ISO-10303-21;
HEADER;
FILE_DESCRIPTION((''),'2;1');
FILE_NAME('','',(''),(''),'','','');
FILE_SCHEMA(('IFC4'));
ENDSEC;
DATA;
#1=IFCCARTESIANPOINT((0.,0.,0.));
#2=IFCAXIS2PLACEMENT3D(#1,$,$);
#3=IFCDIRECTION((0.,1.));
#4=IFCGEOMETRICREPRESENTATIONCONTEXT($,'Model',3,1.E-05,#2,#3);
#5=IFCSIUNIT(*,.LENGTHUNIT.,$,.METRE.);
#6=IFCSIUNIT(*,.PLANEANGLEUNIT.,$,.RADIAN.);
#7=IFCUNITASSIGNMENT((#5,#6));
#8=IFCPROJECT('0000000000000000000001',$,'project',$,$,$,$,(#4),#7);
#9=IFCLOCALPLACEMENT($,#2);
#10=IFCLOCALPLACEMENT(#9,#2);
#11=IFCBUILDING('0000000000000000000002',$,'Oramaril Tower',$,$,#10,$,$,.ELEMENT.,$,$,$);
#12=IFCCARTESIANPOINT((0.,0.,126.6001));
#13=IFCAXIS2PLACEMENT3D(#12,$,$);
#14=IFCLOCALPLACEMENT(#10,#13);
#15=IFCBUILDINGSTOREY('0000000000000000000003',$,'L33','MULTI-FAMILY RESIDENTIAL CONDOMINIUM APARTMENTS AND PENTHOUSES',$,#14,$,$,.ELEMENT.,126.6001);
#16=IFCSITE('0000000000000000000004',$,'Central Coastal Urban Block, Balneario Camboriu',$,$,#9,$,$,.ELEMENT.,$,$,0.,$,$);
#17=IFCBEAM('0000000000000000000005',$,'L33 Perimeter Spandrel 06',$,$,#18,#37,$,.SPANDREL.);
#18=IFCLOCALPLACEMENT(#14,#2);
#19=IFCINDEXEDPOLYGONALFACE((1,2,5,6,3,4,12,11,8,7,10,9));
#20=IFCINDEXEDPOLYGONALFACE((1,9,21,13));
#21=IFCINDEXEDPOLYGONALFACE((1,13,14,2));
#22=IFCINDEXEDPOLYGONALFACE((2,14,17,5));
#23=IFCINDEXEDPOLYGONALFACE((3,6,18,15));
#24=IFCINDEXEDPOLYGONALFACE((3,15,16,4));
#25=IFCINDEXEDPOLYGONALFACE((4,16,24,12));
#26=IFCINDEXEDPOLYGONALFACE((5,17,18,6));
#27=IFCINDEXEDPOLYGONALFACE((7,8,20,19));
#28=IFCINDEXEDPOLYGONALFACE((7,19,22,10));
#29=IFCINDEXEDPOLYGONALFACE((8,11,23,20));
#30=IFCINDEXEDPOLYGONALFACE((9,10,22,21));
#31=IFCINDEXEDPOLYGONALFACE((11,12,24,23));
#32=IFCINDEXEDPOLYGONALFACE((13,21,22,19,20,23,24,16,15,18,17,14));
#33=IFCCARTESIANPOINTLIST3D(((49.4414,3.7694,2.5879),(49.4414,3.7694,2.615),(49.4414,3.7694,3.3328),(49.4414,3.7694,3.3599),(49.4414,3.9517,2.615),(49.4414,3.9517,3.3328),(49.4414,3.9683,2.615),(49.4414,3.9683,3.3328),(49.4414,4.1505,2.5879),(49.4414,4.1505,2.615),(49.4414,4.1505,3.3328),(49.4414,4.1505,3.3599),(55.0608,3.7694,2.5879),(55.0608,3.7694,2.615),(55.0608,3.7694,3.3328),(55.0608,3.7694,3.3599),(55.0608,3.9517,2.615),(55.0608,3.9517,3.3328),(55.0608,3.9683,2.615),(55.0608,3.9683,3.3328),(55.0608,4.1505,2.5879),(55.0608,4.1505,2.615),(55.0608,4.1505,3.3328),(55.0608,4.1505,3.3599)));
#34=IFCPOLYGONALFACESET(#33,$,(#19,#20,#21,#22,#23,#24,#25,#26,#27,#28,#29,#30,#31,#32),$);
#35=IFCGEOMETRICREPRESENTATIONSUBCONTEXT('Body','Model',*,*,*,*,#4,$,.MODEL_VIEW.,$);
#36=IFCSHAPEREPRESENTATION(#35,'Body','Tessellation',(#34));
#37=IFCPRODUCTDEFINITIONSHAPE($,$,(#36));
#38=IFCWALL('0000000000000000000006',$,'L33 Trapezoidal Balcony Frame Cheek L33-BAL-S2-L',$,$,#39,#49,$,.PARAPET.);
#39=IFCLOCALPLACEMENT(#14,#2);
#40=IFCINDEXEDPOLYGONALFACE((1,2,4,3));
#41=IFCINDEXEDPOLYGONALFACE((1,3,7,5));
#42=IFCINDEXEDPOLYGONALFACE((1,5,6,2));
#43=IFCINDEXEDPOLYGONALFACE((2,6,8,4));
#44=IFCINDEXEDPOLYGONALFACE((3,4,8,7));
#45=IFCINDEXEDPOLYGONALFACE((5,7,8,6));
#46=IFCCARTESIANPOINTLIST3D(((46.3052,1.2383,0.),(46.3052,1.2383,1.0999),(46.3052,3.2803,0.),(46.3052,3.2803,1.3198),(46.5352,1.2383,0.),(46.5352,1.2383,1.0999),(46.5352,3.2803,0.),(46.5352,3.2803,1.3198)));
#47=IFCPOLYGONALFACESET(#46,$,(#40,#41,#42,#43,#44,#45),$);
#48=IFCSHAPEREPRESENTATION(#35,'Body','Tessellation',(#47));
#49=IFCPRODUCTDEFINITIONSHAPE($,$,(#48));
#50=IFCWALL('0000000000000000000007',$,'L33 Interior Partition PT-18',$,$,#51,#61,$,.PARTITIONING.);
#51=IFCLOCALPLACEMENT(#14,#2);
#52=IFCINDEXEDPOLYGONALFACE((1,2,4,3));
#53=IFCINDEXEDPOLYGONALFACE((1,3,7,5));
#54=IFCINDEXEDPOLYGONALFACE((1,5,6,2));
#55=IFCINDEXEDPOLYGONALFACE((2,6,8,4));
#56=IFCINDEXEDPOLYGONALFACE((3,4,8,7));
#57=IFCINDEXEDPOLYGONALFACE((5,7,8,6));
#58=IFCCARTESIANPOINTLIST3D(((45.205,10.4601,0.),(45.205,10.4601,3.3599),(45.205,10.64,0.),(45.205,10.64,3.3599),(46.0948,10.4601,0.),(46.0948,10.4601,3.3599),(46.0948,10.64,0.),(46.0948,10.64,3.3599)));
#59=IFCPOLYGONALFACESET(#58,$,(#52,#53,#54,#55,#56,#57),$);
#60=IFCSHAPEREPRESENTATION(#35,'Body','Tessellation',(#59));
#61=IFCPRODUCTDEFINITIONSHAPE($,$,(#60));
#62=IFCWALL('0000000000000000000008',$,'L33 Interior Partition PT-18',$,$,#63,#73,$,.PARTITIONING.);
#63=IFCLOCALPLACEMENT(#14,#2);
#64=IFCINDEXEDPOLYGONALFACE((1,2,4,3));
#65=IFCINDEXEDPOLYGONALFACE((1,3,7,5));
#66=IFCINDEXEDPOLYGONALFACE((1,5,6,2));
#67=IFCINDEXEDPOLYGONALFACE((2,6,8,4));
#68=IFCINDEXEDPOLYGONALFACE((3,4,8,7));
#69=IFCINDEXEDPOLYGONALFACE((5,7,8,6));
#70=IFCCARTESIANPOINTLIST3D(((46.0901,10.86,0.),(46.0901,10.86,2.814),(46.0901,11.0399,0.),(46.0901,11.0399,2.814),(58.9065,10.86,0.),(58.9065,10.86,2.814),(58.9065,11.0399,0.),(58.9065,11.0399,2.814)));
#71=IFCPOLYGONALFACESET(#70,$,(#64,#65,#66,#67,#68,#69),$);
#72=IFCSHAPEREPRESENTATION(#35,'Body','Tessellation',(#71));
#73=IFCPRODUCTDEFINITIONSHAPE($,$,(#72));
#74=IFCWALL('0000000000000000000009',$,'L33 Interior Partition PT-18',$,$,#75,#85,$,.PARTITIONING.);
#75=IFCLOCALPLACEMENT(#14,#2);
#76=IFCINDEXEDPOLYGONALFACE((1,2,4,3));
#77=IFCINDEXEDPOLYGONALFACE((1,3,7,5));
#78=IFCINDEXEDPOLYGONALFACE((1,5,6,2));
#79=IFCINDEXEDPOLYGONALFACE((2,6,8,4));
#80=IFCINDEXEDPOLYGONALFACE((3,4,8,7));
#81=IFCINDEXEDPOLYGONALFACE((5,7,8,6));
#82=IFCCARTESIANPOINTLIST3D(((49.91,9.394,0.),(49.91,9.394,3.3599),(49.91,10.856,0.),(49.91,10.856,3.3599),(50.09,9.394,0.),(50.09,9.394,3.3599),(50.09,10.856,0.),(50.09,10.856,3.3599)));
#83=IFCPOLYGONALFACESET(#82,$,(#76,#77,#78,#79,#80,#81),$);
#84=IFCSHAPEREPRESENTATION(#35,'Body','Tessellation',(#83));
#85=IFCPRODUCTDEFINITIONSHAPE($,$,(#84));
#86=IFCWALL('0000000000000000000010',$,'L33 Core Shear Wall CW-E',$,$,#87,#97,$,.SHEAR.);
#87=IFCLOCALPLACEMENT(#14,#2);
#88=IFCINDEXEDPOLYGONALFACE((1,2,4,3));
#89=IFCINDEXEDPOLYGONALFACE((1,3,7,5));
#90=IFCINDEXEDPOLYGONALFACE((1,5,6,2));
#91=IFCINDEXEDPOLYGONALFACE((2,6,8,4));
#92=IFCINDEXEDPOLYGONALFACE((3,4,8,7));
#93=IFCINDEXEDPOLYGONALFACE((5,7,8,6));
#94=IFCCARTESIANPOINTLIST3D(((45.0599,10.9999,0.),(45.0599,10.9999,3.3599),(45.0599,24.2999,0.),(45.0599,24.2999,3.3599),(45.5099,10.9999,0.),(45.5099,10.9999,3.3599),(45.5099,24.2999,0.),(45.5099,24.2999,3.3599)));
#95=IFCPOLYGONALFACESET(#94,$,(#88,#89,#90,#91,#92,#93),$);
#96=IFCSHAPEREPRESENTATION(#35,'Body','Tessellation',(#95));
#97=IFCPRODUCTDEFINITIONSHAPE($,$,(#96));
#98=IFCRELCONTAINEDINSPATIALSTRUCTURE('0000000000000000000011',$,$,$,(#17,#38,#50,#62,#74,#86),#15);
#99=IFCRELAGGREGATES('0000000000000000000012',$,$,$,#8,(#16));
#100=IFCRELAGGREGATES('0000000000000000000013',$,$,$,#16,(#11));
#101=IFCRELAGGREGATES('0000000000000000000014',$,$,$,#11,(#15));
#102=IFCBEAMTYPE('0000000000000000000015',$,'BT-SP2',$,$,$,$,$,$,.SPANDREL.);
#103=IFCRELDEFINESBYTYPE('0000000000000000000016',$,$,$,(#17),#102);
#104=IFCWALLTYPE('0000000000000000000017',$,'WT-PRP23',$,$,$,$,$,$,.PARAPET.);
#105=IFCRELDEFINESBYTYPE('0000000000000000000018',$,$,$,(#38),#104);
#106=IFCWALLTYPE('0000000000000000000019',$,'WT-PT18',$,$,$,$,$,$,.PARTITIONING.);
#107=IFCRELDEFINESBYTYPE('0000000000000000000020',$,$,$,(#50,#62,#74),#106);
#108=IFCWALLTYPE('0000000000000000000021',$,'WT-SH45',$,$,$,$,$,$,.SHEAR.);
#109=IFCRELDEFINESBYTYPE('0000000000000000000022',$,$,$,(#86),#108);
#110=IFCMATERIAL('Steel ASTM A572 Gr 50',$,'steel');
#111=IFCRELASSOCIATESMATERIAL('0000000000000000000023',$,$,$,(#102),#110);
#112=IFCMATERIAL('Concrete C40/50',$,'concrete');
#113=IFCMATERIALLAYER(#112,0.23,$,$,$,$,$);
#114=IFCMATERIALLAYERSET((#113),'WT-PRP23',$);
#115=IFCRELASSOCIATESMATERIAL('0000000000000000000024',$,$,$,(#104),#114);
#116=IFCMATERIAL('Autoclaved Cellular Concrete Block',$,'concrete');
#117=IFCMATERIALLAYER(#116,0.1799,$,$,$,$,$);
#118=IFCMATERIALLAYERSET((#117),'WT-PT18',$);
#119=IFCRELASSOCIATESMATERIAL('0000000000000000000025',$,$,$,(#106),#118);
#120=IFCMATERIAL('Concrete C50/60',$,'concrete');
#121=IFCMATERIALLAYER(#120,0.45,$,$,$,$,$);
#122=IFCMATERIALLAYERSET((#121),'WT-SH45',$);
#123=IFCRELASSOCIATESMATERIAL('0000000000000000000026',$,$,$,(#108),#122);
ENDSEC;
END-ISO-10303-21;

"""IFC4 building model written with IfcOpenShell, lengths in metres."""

from ifc_helpers import new_model, si_unit, direction, frame, frame_2d, origin, origin_2d, place, context, subcontext, project, spatial, polyline, rectangle, i_section, outline, extrude, material, layer, layer_set, material_profile, profile_set, type_object, element, save


model = new_model("IFC4")

# Units and contexts
model_context = context("Model", 3, precision=1e-05, world=origin(), true_north=direction((0.0, 1.0)))
body_context = subcontext(model_context, "Body", "Model", "MODEL_VIEW")
ifc_project = project(units=[si_unit("LENGTHUNIT", "METRE"), si_unit("PLANEANGLEUNIT", "RADIAN")], contexts=[model_context])

# Site, building, storey
site_placement = place(None, origin())
site = spatial("IfcSite", under=ifc_project, at=site_placement, Name="Central Coastal Urban Block, Balneario Camboriu", CompositionType="ELEMENT", RefElevation=0.0)
building_placement = place(site_placement, origin())
building = spatial("IfcBuilding", under=site, at=building_placement, Name="Oramaril Tower", CompositionType="ELEMENT")
storey_placement = place(building_placement, frame((0.0, 0.0, 126.6001)))
storey = spatial("IfcBuildingStorey", under=building, at=storey_placement, Name="L33", Description="MULTI-FAMILY RESIDENTIAL CONDOMINIUM APARTMENTS AND PENTHOUSES", CompositionType="ELEMENT", Elevation=126.6001)

# Beam
ifc_material_1 = material(Name="Steel ASTM A572 Gr 50", Category="steel")
ifc_material_profile_1 = material_profile(ifc_material_1, i_section(OverallWidth=0.3811, OverallDepth=0.772, WebThickness=0.0166, FlangeThickness=0.0271, at=origin_2d()), Name="W30X173")
ifc_profile_set_1 = profile_set([ifc_material_profile_1], Name="Steel ASTM A572 Gr 50")
beam_type_1 = type_object("IfcBeamType", Name="BT-SP2", PredefinedType="SPANDREL", material=ifc_profile_set_1)
beam_1_placement = place(storey_placement, frame((49.4414, 3.96, 2.9739), z_axis=(1.0, 0.0, 0.0), x_axis=(0.0, 1.0, 0.0)))
element("IfcBeam", 1, at=beam_1_placement, inside=storey, type_object=beam_type_1, Name="L33 Perimeter Spandrel 06", PredefinedType="SPANDREL", context=body_context, shape_type="SweptSolid", body=[
    extrude(i_section(OverallWidth=0.3811, OverallDepth=0.772, WebThickness=0.0166, FlangeThickness=0.0271, at=origin_2d()), origin(), (0.0, 0.0, 1.0), 5.6194),
])

# Wall
ifc_material_2 = material(Name="Concrete C40/50", Category="concrete")
ifc_layer_1 = layer(ifc_material_2, 0.23)
ifc_layer_set_1 = layer_set([ifc_layer_1], Name="WT-PRP23")
wall_type_1 = type_object("IfcWallType", Name="WT-PRP23", PredefinedType="PARAPET", material=ifc_layer_set_1)
wall_1_placement = place(storey_placement, frame((46.4202, 3.2803, 0.0), z_axis=(0.0, 0.0, 1.0), x_axis=(0.0, -1.0, 0.0)))
element("IfcWall", 2, at=wall_1_placement, inside=storey, type_object=wall_type_1, Name="L33 Trapezoidal Balcony Frame Cheek L33-BAL-S2-L", PredefinedType="PARAPET", context=body_context, shape_type="SweptSolid", body=[
    extrude(outline(polyline([(0.0, 0.0), (2.042, 0.0), (2.042, 1.0999), (0.0, 1.3198), (0.0, 0.0)])), frame((0.0, 0.115, 0.0), z_axis=(0.0, -1.0, 0.0), x_axis=(1.0, 0.0, 0.0)), (0.0, 0.0, 1.0), 0.23),
])

# Walls
ifc_material_3 = material(Name="Autoclaved Cellular Concrete Block", Category="concrete")
ifc_layer_2 = layer(ifc_material_3, 0.1799)
ifc_layer_set_2 = layer_set([ifc_layer_2], Name="WT-PT18")
wall_type_2 = type_object("IfcWallType", Name="WT-PT18", PredefinedType="PARTITIONING", material=ifc_layer_set_2)
wall_2_placement = place(storey_placement, frame((45.2051, 10.55, 0.0), z_axis=(0.0, 0.0, 1.0), x_axis=(1.0, 0.0, 0.0)))
element("IfcWall", 3, at=wall_2_placement, inside=storey, type_object=wall_type_2, Name="L33 Interior Partition PT-18", PredefinedType="PARTITIONING", context=body_context, shape_type="SweptSolid", body=[
    extrude(rectangle(XDim=0.8899, YDim=0.1799, at=frame_2d((0.4448, 0.0))), origin(), (0.0, 0.0, 1.0), 3.3599),
])
wall_3_placement = place(storey_placement, frame((46.0901, 10.95, 0.0), z_axis=(0.0, 0.0, 1.0), x_axis=(1.0, 0.0, 0.0)))
element("IfcWall", 4, at=wall_3_placement, inside=storey, type_object=wall_type_2, Name="L33 Interior Partition PT-18", PredefinedType="PARTITIONING", context=body_context, shape_type="SweptSolid", body=[
    extrude(rectangle(XDim=12.8164, YDim=0.1799, at=frame_2d((6.4082, 0.0))), origin(), (0.0, 0.0, 1.0), 2.814),
])
wall_4_placement = place(storey_placement, frame((50.0, 9.394, 0.0), z_axis=(0.0, 0.0, 1.0), x_axis=(0.0, 1.0, 0.0)))
element("IfcWall", 5, at=wall_4_placement, inside=storey, type_object=wall_type_2, Name="L33 Interior Partition PT-18", PredefinedType="PARTITIONING", context=body_context, shape_type="SweptSolid", body=[
    extrude(rectangle(XDim=1.4619, YDim=0.1799, at=frame_2d((0.731, 0.0))), origin(), (0.0, 0.0, 1.0), 3.3599),
])
ifc_material_4 = material(Name="Concrete C50/60", Category="concrete")
ifc_layer_3 = layer(ifc_material_4, 0.45)
ifc_layer_set_3 = layer_set([ifc_layer_3], Name="WT-SH45")
wall_type_3 = type_object("IfcWallType", Name="WT-SH45", PredefinedType="SHEAR", material=ifc_layer_set_3)
wall_5_placement = place(storey_placement, frame((45.2849, 11.0, 0.0), z_axis=(0.0, 0.0, 1.0), x_axis=(0.0, 1.0, 0.0)))
element("IfcWall", 6, at=wall_5_placement, inside=storey, type_object=wall_type_3, Name="L33 Core Shear Wall CW-E", PredefinedType="SHEAR", context=body_context, shape_type="SweptSolid", body=[
    extrude(rectangle(XDim=13.3, YDim=0.45, at=frame_2d((6.6499, 0.0))), origin(), (0.0, 0.0, 1.0), 3.3599),
])

save(model, "model.ifc")
